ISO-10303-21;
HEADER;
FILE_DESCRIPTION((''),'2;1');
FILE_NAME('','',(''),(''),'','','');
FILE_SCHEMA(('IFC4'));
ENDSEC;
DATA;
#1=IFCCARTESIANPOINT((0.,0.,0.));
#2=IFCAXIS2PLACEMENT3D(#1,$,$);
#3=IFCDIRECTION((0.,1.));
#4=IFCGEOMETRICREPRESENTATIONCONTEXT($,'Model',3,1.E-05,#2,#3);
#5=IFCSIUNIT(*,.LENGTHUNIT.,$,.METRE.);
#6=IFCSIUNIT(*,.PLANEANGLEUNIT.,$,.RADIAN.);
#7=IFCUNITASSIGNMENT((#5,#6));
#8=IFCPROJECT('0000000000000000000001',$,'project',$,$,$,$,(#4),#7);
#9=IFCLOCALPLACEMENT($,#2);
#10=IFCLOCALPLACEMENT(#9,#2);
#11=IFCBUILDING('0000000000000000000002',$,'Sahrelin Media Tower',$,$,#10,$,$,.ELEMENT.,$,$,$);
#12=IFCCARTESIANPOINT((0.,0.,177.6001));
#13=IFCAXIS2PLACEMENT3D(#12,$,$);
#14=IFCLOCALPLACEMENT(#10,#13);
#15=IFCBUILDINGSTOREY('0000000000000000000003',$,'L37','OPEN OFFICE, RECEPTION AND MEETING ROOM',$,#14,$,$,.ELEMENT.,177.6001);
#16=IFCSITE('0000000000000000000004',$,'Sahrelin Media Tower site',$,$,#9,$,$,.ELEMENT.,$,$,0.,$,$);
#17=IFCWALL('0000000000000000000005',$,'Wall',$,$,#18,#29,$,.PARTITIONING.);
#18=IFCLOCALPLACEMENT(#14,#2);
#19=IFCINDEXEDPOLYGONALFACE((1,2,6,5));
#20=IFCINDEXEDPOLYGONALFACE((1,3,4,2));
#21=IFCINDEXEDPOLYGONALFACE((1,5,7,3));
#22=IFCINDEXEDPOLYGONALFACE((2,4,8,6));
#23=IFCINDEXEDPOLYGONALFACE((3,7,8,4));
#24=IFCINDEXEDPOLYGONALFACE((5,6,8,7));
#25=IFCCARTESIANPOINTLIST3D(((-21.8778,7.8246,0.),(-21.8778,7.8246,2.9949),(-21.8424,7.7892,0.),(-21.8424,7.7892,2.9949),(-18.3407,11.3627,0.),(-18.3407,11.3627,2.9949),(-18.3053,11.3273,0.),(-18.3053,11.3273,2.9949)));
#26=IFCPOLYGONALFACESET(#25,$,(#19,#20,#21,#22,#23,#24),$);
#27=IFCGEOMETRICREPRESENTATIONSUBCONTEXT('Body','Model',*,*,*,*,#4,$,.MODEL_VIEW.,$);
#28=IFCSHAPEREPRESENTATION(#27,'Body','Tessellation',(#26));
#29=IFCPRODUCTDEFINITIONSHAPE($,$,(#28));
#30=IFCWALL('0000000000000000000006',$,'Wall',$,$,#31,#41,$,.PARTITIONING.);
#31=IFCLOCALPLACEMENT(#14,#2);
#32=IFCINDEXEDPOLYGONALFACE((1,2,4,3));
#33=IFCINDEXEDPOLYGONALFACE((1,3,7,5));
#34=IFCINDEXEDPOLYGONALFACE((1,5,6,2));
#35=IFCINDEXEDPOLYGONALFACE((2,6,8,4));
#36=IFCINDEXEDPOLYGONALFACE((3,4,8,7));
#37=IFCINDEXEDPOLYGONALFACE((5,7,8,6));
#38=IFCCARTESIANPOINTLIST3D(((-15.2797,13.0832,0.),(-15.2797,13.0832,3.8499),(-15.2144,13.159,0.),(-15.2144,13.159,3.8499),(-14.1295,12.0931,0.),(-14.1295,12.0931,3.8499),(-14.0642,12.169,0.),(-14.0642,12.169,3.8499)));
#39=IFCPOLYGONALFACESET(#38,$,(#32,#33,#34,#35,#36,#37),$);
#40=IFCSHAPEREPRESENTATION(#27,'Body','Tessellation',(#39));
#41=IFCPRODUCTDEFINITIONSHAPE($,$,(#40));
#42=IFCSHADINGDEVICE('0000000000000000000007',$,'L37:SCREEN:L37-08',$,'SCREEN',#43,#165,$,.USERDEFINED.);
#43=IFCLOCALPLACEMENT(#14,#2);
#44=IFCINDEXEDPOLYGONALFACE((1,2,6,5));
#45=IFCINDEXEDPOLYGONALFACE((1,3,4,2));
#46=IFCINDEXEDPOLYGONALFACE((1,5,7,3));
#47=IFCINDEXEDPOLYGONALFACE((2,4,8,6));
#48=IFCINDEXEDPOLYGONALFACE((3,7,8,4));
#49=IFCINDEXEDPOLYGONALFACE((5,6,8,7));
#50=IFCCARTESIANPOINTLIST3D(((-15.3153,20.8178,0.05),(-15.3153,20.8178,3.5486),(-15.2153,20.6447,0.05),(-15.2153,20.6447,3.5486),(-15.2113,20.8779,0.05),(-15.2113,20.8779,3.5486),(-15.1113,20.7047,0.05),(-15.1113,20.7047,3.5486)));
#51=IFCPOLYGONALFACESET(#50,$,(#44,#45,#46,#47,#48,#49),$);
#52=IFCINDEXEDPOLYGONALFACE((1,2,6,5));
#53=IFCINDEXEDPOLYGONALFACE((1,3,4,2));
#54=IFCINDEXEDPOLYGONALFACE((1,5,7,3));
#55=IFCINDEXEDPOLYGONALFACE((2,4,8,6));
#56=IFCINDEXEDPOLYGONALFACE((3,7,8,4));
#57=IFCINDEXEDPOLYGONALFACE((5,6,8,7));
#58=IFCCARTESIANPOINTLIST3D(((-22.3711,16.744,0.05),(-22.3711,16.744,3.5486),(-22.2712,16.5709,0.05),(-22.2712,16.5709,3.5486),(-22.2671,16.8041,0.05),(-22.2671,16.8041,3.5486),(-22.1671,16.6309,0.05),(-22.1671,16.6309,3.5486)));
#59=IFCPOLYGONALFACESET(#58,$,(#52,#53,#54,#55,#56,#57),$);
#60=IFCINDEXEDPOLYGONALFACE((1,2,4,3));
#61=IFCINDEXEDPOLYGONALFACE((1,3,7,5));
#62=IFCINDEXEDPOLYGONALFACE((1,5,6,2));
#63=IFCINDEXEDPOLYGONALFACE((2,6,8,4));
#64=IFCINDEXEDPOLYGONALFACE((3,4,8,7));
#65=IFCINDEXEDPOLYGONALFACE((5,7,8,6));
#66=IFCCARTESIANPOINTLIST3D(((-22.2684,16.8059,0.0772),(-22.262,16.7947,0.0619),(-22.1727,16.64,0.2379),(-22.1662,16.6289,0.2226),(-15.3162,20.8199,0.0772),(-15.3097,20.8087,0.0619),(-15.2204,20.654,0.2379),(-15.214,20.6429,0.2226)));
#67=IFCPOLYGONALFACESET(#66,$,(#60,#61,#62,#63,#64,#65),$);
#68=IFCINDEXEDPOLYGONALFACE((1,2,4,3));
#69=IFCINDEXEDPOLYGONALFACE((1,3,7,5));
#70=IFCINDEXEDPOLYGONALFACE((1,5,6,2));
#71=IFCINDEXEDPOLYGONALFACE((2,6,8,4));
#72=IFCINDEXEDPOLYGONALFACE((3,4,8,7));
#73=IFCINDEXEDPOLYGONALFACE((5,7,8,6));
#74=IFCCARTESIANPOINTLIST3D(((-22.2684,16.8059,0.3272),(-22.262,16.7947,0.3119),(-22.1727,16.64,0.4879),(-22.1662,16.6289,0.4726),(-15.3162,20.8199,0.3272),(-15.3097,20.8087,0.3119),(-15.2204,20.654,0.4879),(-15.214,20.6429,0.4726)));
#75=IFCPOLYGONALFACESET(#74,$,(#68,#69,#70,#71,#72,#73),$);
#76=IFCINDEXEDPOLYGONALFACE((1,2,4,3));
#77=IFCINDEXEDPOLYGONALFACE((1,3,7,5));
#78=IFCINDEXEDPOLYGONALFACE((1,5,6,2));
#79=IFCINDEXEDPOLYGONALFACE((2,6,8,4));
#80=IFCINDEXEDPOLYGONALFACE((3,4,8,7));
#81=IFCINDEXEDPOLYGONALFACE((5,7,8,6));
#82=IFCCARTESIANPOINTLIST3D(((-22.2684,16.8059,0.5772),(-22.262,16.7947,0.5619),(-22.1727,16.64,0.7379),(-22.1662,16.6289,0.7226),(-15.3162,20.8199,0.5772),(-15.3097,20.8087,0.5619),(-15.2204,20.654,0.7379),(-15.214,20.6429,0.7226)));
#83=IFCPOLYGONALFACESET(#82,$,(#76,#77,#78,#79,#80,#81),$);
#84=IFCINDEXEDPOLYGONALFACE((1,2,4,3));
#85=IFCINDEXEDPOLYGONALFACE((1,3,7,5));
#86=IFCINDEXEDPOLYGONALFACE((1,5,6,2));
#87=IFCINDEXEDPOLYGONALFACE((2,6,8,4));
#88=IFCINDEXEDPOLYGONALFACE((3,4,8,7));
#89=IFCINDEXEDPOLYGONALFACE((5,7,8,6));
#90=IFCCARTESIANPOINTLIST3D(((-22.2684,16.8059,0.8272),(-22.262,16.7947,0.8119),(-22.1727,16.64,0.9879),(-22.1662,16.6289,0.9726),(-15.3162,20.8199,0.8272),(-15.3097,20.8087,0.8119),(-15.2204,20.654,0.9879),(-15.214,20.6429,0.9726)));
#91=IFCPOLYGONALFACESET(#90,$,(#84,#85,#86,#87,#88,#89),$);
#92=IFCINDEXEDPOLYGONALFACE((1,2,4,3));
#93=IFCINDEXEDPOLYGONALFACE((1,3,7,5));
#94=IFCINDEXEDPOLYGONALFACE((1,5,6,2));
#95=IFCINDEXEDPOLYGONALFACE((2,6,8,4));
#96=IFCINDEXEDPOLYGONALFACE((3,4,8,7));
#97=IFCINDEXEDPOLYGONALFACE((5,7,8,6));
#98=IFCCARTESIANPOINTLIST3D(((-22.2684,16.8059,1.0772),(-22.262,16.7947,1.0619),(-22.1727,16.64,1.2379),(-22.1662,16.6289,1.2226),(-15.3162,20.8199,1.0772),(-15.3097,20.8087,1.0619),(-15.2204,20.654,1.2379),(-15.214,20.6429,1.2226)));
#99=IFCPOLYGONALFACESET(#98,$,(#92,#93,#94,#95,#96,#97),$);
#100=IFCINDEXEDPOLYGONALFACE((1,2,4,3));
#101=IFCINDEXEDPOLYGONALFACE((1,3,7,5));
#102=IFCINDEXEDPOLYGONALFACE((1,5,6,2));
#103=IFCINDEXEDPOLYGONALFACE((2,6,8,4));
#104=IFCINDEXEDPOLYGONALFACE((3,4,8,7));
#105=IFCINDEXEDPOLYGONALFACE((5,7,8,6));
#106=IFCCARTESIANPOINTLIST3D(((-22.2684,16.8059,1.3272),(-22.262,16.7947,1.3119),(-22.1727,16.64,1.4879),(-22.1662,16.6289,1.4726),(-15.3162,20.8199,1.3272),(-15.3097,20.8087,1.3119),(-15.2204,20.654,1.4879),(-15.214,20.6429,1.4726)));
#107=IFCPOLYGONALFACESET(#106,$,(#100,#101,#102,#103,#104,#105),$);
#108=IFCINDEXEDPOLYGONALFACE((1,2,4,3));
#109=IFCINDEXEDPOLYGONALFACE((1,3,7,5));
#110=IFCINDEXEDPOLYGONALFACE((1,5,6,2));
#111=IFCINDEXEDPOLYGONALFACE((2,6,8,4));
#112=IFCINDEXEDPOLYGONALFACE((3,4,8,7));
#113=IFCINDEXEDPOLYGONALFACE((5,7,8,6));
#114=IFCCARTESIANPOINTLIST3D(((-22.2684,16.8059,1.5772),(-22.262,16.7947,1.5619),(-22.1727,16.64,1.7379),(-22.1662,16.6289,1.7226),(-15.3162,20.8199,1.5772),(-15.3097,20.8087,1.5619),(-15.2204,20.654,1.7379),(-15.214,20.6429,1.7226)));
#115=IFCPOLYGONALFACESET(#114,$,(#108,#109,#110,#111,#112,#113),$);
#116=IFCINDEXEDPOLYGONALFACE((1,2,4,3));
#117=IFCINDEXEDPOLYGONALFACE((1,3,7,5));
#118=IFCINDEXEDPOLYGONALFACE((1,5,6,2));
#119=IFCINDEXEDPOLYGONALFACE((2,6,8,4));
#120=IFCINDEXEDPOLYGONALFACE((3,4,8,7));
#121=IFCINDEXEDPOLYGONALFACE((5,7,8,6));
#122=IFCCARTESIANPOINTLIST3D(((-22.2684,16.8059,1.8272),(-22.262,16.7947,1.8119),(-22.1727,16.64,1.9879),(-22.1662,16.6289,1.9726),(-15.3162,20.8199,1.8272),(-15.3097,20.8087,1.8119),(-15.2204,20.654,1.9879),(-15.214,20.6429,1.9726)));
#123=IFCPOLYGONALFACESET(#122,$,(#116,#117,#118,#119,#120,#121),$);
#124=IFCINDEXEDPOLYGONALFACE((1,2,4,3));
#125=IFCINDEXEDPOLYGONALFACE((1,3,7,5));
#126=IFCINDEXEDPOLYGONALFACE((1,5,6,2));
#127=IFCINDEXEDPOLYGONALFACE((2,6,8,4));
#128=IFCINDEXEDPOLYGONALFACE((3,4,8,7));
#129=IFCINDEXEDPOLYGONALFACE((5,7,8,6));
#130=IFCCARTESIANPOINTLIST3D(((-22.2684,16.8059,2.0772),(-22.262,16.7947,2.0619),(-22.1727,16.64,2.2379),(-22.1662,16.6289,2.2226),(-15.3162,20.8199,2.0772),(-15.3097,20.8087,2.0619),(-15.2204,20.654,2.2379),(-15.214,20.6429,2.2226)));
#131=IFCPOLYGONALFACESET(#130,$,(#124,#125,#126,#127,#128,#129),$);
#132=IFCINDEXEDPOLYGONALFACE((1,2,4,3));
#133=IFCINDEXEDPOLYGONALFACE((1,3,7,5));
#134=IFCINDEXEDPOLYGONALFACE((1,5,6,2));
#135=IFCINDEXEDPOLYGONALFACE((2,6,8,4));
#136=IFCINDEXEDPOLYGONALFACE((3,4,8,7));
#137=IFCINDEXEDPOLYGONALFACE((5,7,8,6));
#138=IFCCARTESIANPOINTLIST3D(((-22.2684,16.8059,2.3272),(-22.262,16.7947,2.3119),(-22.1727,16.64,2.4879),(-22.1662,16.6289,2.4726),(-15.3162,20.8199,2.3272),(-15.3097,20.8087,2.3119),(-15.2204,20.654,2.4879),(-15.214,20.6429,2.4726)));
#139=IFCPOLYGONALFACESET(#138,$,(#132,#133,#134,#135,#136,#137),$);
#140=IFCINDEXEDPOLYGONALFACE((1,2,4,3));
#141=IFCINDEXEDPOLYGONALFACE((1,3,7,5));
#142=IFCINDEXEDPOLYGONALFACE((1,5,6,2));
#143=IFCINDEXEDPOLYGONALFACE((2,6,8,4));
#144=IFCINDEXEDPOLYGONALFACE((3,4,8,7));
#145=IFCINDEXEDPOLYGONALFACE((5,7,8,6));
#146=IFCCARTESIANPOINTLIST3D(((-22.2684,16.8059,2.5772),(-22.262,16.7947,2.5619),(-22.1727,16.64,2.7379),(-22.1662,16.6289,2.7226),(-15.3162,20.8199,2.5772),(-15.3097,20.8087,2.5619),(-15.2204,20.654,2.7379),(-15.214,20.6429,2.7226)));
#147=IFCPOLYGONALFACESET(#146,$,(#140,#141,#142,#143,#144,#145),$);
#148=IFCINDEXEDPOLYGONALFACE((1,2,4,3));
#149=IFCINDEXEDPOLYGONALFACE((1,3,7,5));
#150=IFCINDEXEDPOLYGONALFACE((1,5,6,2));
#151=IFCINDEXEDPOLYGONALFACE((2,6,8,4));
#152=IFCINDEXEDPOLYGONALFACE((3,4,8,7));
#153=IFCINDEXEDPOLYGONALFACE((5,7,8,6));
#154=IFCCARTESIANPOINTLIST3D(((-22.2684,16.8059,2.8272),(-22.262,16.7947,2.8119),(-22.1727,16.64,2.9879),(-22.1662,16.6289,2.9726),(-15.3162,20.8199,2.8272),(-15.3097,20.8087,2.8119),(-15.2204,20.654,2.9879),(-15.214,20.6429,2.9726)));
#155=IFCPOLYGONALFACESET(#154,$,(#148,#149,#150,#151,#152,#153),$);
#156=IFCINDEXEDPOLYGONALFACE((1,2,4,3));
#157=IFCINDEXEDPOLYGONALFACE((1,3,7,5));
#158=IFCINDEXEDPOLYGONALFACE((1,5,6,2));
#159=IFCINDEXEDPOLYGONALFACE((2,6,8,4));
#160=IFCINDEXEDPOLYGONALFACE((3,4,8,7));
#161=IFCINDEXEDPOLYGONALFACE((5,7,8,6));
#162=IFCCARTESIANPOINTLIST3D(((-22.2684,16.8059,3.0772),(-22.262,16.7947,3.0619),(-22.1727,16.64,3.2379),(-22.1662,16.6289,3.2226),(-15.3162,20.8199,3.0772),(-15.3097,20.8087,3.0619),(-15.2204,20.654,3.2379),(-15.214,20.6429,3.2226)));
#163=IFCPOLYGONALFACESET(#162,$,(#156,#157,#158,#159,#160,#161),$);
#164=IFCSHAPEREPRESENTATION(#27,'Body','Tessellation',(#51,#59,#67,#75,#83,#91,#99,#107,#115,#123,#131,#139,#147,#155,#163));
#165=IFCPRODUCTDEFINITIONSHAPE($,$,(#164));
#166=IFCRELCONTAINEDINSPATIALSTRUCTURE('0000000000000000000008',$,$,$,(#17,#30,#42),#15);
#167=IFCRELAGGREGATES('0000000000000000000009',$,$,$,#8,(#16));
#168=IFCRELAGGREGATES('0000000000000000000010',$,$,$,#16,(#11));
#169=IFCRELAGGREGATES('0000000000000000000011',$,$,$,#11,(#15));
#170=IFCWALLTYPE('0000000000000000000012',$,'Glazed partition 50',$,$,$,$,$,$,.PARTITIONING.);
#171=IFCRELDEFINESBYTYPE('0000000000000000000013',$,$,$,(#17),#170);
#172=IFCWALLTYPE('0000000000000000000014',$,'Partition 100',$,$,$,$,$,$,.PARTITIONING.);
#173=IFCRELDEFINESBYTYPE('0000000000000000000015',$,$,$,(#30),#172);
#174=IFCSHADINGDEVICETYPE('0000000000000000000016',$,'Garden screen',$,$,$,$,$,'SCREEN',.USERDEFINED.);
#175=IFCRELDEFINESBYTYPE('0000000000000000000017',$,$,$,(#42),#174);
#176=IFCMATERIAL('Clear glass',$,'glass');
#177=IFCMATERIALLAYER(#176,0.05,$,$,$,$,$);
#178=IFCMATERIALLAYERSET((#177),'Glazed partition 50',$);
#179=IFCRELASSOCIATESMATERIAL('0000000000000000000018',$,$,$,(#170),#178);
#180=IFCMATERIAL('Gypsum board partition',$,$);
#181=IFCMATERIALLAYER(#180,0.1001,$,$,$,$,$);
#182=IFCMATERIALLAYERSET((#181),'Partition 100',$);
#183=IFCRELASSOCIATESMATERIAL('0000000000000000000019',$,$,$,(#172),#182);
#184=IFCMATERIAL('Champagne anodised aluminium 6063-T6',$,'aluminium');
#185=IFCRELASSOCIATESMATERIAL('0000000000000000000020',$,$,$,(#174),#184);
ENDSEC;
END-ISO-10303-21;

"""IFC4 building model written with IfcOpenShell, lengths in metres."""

from ifc_helpers import new_model, si_unit, direction, frame, frame_2d, origin, origin_2d, place, context, subcontext, project, spatial, rectangle, extrude, material, layer, layer_set, type_object, element, save


model = new_model("IFC4")

# Units and contexts
model_context = context("Model", 3, precision=1e-05, world=origin(), true_north=direction((0.0, 1.0)))
body_context = subcontext(model_context, "Body", "Model", "MODEL_VIEW")
ifc_project = project(units=[si_unit("LENGTHUNIT", "METRE"), si_unit("PLANEANGLEUNIT", "RADIAN")], contexts=[model_context])

# Site, building, storey
site_placement = place(None, origin())
site = spatial("IfcSite", under=ifc_project, at=site_placement, Name="Sahrelin Media Tower site", CompositionType="ELEMENT", RefElevation=0.0)
building_placement = place(site_placement, origin())
building = spatial("IfcBuilding", under=site, at=building_placement, Name="Sahrelin Media Tower", CompositionType="ELEMENT")
storey_placement = place(building_placement, frame((0.0, 0.0, 177.6001)))
storey = spatial("IfcBuildingStorey", under=building, at=storey_placement, Name="L37", Description="OPEN OFFICE, RECEPTION AND MEETING ROOM", CompositionType="ELEMENT", Elevation=177.6001)

# Walls
ifc_material_1 = material(Name="Clear glass", Category="glass")
ifc_layer_1 = layer(ifc_material_1, 0.05)
ifc_layer_set_1 = layer_set([ifc_layer_1], Name="Glazed partition 50")
wall_type_1 = type_object("IfcWallType", Name="Glazed partition 50", PredefinedType="PARTITIONING", material=ifc_layer_set_1)
wall_1_placement = place(storey_placement, frame((-21.8601, 7.8069, 0.0), z_axis=(0.0, 0.0, 1.0), x_axis=(0.707009, 0.707204, 0.0)))
element("IfcWall", 1, at=wall_1_placement, inside=storey, type_object=wall_type_1, Name="Wall", PredefinedType="PARTITIONING", context=body_context, shape_type="SweptSolid", body=[
    extrude(rectangle(XDim=5.0029, YDim=0.05, at=frame_2d((2.5015, 0.0))), origin(), (0.0, 0.0, 1.0), 2.9949),
])
ifc_material_2 = material(Name="Gypsum board partition")
ifc_layer_2 = layer(ifc_material_2, 0.1001)
ifc_layer_set_2 = layer_set([ifc_layer_2], Name="Partition 100")
wall_type_2 = type_object("IfcWallType", Name="Partition 100", PredefinedType="PARTITIONING", material=ifc_layer_set_2)
wall_2_placement = place(storey_placement, frame((-15.2471, 13.1211, 0.0), z_axis=(0.0, 0.0, 1.0), x_axis=(0.757904, -0.652367, 0.0)))
element("IfcWall", 2, at=wall_2_placement, inside=storey, type_object=wall_type_2, Name="Wall", PredefinedType="PARTITIONING", context=body_context, shape_type="SweptSolid", body=[
    extrude(rectangle(XDim=1.5176, YDim=0.1001, at=frame_2d((0.7588, 0.0))), origin(), (0.0, 0.0, 1.0), 3.8499),
])

# Shading device
ifc_material_3 = material(Name="Champagne anodised aluminium 6063-T6", Category="aluminium")
shading_device_type = type_object("IfcShadingDeviceType", Name="Garden screen", ElementType="SCREEN", PredefinedType="USERDEFINED", material=ifc_material_3)
shading_device_1_placement = place(storey_placement, frame((-18.6912, 18.6377, 0.0), z_axis=(0.0, 0.0, 1.0), x_axis=(0.866019, 0.500011, 0.0)))
element("IfcShadingDevice", 3, at=shading_device_1_placement, inside=storey, type_object=shading_device_type, Name="L37:SCREEN:L37-08", ObjectType="SCREEN", PredefinedType="USERDEFINED", context=body_context, shape_type="SweptSolid", body=[
    extrude(rectangle(XDim=0.1201, YDim=0.2, at=origin_2d()), frame((4.0737, 0.1001, 0.05), z_axis=(0.0, 0.0, 1.0), x_axis=(1.0, 0.0, 0.0)), (0.0, 0.0, 1.0), 3.4985),
    extrude(rectangle(XDim=0.1201, YDim=0.2, at=origin_2d()), frame((-4.0737, 0.1001, 0.05), z_axis=(0.0, 0.0, 1.0), x_axis=(1.0, 0.0, 0.0)), (0.0, 0.0, 1.0), 3.4985),
    extrude(rectangle(XDim=0.25, YDim=0.02, at=origin_2d()), frame((4.0139, 0.1001, 0.1499), z_axis=(-1.0, 0.0, 0.0), x_axis=(0.0, -0.766044, 0.642788)), (0.0, 0.0, 1.0), 8.0278),
    extrude(rectangle(XDim=0.25, YDim=0.02, at=origin_2d()), frame((4.0139, 0.1001, 0.3999), z_axis=(-1.0, 0.0, 0.0), x_axis=(0.0, -0.766044, 0.642788)), (0.0, 0.0, 1.0), 8.0278),
    extrude(rectangle(XDim=0.25, YDim=0.02, at=origin_2d()), frame((4.0139, 0.1001, 0.6499), z_axis=(-1.0, 0.0, 0.0), x_axis=(0.0, -0.766044, 0.642788)), (0.0, 0.0, 1.0), 8.0278),
    extrude(rectangle(XDim=0.25, YDim=0.02, at=origin_2d()), frame((4.0139, 0.1001, 0.8999), z_axis=(-1.0, 0.0, 0.0), x_axis=(0.0, -0.766044, 0.642788)), (0.0, 0.0, 1.0), 8.0278),
    extrude(rectangle(XDim=0.25, YDim=0.02, at=origin_2d()), frame((4.0139, 0.1001, 1.1499), z_axis=(-1.0, 0.0, 0.0), x_axis=(0.0, -0.766044, 0.642788)), (0.0, 0.0, 1.0), 8.0278),
    extrude(rectangle(XDim=0.25, YDim=0.02, at=origin_2d()), frame((4.0139, 0.1001, 1.3999), z_axis=(-1.0, 0.0, 0.0), x_axis=(0.0, -0.766044, 0.642788)), (0.0, 0.0, 1.0), 8.0278),
    extrude(rectangle(XDim=0.25, YDim=0.02, at=origin_2d()), frame((4.0139, 0.1001, 1.6499), z_axis=(-1.0, 0.0, 0.0), x_axis=(0.0, -0.766044, 0.642788)), (0.0, 0.0, 1.0), 8.0278),
    extrude(rectangle(XDim=0.25, YDim=0.02, at=origin_2d()), frame((4.0139, 0.1001, 1.8999), z_axis=(-1.0, 0.0, 0.0), x_axis=(0.0, -0.766044, 0.642788)), (0.0, 0.0, 1.0), 8.0278),
    extrude(rectangle(XDim=0.25, YDim=0.02, at=origin_2d()), frame((4.0139, 0.1001, 2.1499), z_axis=(-1.0, 0.0, 0.0), x_axis=(0.0, -0.766044, 0.642788)), (0.0, 0.0, 1.0), 8.0278),
    extrude(rectangle(XDim=0.25, YDim=0.02, at=origin_2d()), frame((4.0139, 0.1001, 2.3999), z_axis=(-1.0, 0.0, 0.0), x_axis=(0.0, -0.766044, 0.642788)), (0.0, 0.0, 1.0), 8.0278),
    extrude(rectangle(XDim=0.25, YDim=0.02, at=origin_2d()), frame((4.0139, 0.1001, 2.6499), z_axis=(-1.0, 0.0, 0.0), x_axis=(0.0, -0.766044, 0.642788)), (0.0, 0.0, 1.0), 8.0278),
    extrude(rectangle(XDim=0.25, YDim=0.02, at=origin_2d()), frame((4.0139, 0.1001, 2.8999), z_axis=(-1.0, 0.0, 0.0), x_axis=(0.0, -0.766044, 0.642788)), (0.0, 0.0, 1.0), 8.0278),
    extrude(rectangle(XDim=0.25, YDim=0.02, at=origin_2d()), frame((4.0139, 0.1001, 3.1499), z_axis=(-1.0, 0.0, 0.0), x_axis=(0.0, -0.766044, 0.642788)), (0.0, 0.0, 1.0), 8.0278),
])

save(model, "model.ifc")
